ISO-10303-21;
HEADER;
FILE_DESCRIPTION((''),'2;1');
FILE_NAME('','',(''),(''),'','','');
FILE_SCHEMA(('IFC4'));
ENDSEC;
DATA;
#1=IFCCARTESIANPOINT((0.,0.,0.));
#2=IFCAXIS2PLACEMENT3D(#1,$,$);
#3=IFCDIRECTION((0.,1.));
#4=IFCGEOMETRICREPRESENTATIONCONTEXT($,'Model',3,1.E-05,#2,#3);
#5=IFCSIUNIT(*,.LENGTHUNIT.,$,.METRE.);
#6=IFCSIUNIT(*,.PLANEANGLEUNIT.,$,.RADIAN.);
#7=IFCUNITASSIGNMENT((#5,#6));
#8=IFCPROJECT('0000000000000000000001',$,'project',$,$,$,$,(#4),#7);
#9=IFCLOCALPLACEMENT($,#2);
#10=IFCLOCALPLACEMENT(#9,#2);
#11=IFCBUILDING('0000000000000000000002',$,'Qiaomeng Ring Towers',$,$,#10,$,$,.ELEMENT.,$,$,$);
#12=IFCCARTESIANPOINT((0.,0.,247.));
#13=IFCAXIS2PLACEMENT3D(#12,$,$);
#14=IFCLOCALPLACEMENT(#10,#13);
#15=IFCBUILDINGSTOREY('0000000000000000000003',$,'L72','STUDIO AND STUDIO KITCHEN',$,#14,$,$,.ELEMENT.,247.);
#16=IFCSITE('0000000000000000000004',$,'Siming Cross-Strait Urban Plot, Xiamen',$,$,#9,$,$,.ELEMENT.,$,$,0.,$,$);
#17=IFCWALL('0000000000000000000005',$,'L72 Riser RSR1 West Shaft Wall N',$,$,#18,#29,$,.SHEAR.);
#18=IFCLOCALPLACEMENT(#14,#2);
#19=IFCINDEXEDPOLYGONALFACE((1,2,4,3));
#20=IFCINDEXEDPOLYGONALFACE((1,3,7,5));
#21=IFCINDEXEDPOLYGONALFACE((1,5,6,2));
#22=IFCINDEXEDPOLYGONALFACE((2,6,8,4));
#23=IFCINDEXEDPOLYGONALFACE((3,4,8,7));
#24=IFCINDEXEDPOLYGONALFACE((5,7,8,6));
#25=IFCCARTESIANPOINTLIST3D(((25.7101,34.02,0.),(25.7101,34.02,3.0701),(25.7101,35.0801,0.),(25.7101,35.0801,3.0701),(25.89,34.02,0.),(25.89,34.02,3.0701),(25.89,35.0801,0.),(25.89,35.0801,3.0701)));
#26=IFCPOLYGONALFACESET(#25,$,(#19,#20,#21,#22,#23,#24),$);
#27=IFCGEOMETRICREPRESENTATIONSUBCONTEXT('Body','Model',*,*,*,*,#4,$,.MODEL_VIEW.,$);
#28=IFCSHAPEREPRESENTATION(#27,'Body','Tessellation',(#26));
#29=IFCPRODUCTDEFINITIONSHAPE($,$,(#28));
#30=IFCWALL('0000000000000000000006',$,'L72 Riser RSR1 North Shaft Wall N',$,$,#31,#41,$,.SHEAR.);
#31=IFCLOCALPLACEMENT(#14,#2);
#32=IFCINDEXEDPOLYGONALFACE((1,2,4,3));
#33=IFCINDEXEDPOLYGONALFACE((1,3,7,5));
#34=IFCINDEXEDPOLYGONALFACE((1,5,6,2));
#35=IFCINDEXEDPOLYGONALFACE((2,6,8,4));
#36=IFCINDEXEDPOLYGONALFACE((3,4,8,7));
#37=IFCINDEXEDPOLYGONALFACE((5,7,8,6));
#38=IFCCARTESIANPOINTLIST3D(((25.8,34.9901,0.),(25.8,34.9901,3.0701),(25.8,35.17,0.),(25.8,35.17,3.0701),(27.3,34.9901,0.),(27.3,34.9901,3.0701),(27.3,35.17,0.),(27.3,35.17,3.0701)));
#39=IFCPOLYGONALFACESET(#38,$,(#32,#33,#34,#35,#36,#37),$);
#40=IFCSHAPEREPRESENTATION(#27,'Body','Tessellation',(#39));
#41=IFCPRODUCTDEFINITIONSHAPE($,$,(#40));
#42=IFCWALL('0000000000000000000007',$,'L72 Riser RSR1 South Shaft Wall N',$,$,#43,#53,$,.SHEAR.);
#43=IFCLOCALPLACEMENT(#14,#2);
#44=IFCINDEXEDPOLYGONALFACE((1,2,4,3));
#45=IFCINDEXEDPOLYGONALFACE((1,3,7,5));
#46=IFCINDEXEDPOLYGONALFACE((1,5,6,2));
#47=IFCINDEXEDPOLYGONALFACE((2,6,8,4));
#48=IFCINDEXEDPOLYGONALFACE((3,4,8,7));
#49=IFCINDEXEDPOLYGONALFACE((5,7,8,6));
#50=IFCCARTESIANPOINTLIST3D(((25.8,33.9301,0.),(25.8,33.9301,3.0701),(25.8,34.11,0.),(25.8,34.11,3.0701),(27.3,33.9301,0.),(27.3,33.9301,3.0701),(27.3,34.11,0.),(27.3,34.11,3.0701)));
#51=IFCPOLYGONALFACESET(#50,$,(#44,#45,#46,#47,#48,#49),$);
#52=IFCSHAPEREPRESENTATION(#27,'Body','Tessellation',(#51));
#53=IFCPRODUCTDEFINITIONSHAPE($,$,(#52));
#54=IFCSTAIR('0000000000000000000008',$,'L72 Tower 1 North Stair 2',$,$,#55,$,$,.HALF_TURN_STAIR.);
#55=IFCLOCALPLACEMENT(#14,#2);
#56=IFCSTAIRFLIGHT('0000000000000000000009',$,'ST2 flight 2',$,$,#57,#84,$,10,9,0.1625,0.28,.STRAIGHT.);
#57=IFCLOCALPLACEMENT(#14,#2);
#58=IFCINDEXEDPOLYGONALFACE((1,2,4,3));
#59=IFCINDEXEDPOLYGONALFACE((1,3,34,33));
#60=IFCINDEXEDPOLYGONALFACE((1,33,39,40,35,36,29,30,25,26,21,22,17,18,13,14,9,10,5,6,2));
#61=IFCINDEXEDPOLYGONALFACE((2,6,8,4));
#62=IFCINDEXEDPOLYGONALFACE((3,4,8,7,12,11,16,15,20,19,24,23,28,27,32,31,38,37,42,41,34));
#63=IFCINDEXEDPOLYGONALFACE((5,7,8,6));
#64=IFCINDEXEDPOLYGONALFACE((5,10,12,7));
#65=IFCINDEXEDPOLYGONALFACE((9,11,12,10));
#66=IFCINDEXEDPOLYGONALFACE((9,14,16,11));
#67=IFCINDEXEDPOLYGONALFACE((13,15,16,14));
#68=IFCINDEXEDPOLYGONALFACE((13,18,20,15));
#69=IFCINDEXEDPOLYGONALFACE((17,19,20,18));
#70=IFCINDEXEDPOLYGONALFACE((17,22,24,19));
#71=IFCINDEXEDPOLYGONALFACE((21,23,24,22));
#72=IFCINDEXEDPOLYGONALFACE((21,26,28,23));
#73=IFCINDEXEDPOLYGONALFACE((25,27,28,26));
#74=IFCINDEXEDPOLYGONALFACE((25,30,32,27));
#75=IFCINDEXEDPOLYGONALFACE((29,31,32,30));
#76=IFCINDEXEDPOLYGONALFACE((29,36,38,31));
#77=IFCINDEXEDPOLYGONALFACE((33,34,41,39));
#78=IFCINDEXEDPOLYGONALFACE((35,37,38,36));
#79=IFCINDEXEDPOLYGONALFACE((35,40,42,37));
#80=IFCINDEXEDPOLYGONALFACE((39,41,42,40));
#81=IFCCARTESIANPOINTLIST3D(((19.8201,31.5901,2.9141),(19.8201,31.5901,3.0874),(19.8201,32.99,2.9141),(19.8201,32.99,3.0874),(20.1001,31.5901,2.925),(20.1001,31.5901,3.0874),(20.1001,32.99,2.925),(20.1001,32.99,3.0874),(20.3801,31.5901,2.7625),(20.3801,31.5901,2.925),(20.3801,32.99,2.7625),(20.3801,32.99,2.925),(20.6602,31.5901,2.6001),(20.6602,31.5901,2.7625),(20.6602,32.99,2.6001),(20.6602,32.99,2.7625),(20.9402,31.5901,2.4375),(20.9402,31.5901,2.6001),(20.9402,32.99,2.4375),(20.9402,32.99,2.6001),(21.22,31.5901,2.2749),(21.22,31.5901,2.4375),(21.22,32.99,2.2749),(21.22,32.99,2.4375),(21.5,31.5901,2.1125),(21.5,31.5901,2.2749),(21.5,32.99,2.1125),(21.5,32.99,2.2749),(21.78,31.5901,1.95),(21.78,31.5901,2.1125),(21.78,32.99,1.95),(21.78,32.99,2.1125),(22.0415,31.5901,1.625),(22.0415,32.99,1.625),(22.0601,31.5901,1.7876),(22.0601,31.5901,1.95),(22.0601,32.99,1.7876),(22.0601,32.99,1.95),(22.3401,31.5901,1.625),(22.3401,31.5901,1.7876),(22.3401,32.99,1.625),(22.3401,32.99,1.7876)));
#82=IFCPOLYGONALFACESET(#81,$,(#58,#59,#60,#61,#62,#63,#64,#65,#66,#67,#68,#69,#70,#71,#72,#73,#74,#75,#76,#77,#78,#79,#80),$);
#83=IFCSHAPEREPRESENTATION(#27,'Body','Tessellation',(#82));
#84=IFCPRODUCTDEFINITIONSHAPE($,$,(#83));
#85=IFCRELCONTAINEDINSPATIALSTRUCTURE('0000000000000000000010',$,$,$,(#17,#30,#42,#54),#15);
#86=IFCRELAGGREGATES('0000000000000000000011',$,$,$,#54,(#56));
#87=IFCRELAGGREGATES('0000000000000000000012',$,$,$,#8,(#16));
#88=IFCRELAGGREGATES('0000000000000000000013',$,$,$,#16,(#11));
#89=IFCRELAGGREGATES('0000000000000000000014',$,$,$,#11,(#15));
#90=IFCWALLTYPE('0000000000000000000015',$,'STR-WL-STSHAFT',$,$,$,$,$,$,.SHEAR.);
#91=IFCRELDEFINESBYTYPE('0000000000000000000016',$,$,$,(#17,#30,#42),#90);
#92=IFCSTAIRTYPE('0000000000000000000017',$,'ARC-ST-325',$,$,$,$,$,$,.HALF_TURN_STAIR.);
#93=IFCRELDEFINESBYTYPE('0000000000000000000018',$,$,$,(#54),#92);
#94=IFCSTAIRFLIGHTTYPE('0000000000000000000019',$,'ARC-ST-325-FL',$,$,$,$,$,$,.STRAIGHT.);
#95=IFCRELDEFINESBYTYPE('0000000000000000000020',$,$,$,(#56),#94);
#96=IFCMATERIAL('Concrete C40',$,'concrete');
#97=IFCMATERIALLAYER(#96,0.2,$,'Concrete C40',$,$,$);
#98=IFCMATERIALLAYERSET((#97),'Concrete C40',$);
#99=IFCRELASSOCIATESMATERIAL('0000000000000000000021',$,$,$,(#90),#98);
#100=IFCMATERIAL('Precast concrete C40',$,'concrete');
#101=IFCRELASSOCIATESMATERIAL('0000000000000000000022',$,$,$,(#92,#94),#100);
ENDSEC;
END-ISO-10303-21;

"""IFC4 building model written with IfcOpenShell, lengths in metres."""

from ifc_helpers import new_model, si_unit, direction, frame, frame_2d, origin, place, context, subcontext, project, spatial, polyline, rectangle, outline, extrude, source, transform, mapped, material, layer, layer_set, type_object, element, aggregate, save


model = new_model("IFC4")

# Units and contexts
model_context = context("Model", 3, precision=1e-05, world=origin(), true_north=direction((0.0, 1.0)))
body_context = subcontext(model_context, "Body", "Model", "MODEL_VIEW")
ifc_project = project(units=[si_unit("LENGTHUNIT", "METRE"), si_unit("PLANEANGLEUNIT", "RADIAN")], contexts=[model_context])

# Site, building, storey
site_placement = place(None, origin())
site = spatial("IfcSite", under=ifc_project, at=site_placement, Name="Siming Cross-Strait Urban Plot, Xiamen", CompositionType="ELEMENT", RefElevation=0.0)
building_placement = place(site_placement, origin())
building = spatial("IfcBuilding", under=site, at=building_placement, Name="Qiaomeng Ring Towers", CompositionType="ELEMENT")
storey_placement = place(building_placement, frame((0.0, 0.0, 247.0)))
storey = spatial("IfcBuildingStorey", under=building, at=storey_placement, Name="L72", Description="STUDIO AND STUDIO KITCHEN", CompositionType="ELEMENT", Elevation=247.0)

# Shared definitions
ifc_material_1 = material(Name="Concrete C40", Category="concrete")

# Walls
ifc_layer_1 = layer(ifc_material_1, 0.2, Name="Concrete C40")
ifc_layer_set_1 = layer_set([ifc_layer_1], Name="Concrete C40")
wall_type_1 = type_object("IfcWallType", Name="STR-WL-STSHAFT", PredefinedType="SHEAR", material=ifc_layer_set_1)
wall_1_placement = place(storey_placement, frame((25.8, 34.02, 0.0), z_axis=(0.0, 0.0, 1.0), x_axis=(0.0, 1.0, 0.0)))
element("IfcWall", 1, at=wall_1_placement, inside=storey, type_object=wall_type_1, Name="L72 Riser RSR1 West Shaft Wall N", PredefinedType="SHEAR", context=body_context, shape_type="SweptSolid", body=[
    extrude(rectangle(XDim=1.0601, YDim=0.1799, at=frame_2d((0.53, 0.0))), origin(), (0.0, 0.0, 1.0), 3.0701),
])
for number, where, z_axis, x_axis, name in (
    (2, (25.8, 35.0801, 0.0), (0.0, 0.0, 1.0), (1.0, 0.0, 0.0), "L72 Riser RSR1 North Shaft Wall N"),
    (3, (25.8, 34.02, 0.0), (0.0, 0.0, 1.0), (1.0, 0.0, 0.0), "L72 Riser RSR1 South Shaft Wall N"),
):
    element("IfcWall", number, at=place(storey_placement, frame(where, z_axis=z_axis, x_axis=x_axis)), inside=storey, type_object=wall_type_1, Name=name, PredefinedType="SHEAR", context=body_context, shape_type="SweptSolid", body=[
        extrude(rectangle(XDim=1.5, YDim=0.1799, at=frame_2d((0.75, 0.0))), origin(), (0.0, 0.0, 1.0), 3.0701),
    ])

# Stair, stair flight
ifc_material_2 = material(Name="Precast concrete C40", Category="concrete")
stair_type = type_object("IfcStairType", Name="ARC-ST-325", PredefinedType="HALF_TURN_STAIR", material=ifc_material_2)
stair_placement = place(storey_placement, origin())
stair = element("IfcStair", 4, at=stair_placement, inside=storey, type_object=stair_type, Name="L72 Tower 1 North Stair 2", PredefinedType="HALF_TURN_STAIR")
stair_flight_type = type_object("IfcStairFlightType", Name="ARC-ST-325-FL", PredefinedType="STRAIGHT", material=ifc_material_2)
shared_shape_1 = source(origin(), body_context, "Body", "SweptSolid", [
    extrude(outline(polyline([(0.0, 0.0), (0.0, 0.1626), (0.28, 0.1626), (0.28, 0.325), (0.5601, 0.325), (0.5601, 0.4875), (0.8401, 0.4875), (0.8401, 0.6499), (1.1201, 0.6499), (1.1201, 0.8125), (1.3999, 0.8125), (1.3999, 0.9751), (1.6799, 0.9751), (1.6799, 1.1375), (1.96, 1.1375), (1.96, 1.3), (2.24, 1.3), (2.24, 1.4624), (2.52, 1.4624), (2.52, 1.625), (2.52, 1.2891), (0.2986, 0.0), (0.0, 0.0)])), frame((0.0, 0.7, 0.0), z_axis=(0.0, -1.0, 0.0), x_axis=(1.0, 0.0, 0.0)), (0.0, 0.0, 1.0), 1.3999),
])
stair_flight_placement = place(storey_placement, frame((22.3401, 32.29, 1.625), z_axis=(0.0, 0.0, 1.0), x_axis=(-1.0, 0.0, 0.0)))
stair_flight = element("IfcStairFlight", 5, at=stair_flight_placement, type_object=stair_flight_type, Name="ST2 flight 2", NumberOfRisers=10, NumberOfTreads=9, PredefinedType="STRAIGHT", RiserHeight=0.1625, TreadLength=0.28, context=body_context, shape_type="MappedRepresentation", body=[
    mapped(shared_shape_1, transform((0.0, 0.0, 0.0), x_axis=(1.0, 0.0, 0.0), y_axis=(0.0, 1.0, 0.0), z_axis=(0.0, 0.0, 1.0), scale=1.0)),
])
aggregate(stair, [stair_flight])

save(model, "model.ifc")
